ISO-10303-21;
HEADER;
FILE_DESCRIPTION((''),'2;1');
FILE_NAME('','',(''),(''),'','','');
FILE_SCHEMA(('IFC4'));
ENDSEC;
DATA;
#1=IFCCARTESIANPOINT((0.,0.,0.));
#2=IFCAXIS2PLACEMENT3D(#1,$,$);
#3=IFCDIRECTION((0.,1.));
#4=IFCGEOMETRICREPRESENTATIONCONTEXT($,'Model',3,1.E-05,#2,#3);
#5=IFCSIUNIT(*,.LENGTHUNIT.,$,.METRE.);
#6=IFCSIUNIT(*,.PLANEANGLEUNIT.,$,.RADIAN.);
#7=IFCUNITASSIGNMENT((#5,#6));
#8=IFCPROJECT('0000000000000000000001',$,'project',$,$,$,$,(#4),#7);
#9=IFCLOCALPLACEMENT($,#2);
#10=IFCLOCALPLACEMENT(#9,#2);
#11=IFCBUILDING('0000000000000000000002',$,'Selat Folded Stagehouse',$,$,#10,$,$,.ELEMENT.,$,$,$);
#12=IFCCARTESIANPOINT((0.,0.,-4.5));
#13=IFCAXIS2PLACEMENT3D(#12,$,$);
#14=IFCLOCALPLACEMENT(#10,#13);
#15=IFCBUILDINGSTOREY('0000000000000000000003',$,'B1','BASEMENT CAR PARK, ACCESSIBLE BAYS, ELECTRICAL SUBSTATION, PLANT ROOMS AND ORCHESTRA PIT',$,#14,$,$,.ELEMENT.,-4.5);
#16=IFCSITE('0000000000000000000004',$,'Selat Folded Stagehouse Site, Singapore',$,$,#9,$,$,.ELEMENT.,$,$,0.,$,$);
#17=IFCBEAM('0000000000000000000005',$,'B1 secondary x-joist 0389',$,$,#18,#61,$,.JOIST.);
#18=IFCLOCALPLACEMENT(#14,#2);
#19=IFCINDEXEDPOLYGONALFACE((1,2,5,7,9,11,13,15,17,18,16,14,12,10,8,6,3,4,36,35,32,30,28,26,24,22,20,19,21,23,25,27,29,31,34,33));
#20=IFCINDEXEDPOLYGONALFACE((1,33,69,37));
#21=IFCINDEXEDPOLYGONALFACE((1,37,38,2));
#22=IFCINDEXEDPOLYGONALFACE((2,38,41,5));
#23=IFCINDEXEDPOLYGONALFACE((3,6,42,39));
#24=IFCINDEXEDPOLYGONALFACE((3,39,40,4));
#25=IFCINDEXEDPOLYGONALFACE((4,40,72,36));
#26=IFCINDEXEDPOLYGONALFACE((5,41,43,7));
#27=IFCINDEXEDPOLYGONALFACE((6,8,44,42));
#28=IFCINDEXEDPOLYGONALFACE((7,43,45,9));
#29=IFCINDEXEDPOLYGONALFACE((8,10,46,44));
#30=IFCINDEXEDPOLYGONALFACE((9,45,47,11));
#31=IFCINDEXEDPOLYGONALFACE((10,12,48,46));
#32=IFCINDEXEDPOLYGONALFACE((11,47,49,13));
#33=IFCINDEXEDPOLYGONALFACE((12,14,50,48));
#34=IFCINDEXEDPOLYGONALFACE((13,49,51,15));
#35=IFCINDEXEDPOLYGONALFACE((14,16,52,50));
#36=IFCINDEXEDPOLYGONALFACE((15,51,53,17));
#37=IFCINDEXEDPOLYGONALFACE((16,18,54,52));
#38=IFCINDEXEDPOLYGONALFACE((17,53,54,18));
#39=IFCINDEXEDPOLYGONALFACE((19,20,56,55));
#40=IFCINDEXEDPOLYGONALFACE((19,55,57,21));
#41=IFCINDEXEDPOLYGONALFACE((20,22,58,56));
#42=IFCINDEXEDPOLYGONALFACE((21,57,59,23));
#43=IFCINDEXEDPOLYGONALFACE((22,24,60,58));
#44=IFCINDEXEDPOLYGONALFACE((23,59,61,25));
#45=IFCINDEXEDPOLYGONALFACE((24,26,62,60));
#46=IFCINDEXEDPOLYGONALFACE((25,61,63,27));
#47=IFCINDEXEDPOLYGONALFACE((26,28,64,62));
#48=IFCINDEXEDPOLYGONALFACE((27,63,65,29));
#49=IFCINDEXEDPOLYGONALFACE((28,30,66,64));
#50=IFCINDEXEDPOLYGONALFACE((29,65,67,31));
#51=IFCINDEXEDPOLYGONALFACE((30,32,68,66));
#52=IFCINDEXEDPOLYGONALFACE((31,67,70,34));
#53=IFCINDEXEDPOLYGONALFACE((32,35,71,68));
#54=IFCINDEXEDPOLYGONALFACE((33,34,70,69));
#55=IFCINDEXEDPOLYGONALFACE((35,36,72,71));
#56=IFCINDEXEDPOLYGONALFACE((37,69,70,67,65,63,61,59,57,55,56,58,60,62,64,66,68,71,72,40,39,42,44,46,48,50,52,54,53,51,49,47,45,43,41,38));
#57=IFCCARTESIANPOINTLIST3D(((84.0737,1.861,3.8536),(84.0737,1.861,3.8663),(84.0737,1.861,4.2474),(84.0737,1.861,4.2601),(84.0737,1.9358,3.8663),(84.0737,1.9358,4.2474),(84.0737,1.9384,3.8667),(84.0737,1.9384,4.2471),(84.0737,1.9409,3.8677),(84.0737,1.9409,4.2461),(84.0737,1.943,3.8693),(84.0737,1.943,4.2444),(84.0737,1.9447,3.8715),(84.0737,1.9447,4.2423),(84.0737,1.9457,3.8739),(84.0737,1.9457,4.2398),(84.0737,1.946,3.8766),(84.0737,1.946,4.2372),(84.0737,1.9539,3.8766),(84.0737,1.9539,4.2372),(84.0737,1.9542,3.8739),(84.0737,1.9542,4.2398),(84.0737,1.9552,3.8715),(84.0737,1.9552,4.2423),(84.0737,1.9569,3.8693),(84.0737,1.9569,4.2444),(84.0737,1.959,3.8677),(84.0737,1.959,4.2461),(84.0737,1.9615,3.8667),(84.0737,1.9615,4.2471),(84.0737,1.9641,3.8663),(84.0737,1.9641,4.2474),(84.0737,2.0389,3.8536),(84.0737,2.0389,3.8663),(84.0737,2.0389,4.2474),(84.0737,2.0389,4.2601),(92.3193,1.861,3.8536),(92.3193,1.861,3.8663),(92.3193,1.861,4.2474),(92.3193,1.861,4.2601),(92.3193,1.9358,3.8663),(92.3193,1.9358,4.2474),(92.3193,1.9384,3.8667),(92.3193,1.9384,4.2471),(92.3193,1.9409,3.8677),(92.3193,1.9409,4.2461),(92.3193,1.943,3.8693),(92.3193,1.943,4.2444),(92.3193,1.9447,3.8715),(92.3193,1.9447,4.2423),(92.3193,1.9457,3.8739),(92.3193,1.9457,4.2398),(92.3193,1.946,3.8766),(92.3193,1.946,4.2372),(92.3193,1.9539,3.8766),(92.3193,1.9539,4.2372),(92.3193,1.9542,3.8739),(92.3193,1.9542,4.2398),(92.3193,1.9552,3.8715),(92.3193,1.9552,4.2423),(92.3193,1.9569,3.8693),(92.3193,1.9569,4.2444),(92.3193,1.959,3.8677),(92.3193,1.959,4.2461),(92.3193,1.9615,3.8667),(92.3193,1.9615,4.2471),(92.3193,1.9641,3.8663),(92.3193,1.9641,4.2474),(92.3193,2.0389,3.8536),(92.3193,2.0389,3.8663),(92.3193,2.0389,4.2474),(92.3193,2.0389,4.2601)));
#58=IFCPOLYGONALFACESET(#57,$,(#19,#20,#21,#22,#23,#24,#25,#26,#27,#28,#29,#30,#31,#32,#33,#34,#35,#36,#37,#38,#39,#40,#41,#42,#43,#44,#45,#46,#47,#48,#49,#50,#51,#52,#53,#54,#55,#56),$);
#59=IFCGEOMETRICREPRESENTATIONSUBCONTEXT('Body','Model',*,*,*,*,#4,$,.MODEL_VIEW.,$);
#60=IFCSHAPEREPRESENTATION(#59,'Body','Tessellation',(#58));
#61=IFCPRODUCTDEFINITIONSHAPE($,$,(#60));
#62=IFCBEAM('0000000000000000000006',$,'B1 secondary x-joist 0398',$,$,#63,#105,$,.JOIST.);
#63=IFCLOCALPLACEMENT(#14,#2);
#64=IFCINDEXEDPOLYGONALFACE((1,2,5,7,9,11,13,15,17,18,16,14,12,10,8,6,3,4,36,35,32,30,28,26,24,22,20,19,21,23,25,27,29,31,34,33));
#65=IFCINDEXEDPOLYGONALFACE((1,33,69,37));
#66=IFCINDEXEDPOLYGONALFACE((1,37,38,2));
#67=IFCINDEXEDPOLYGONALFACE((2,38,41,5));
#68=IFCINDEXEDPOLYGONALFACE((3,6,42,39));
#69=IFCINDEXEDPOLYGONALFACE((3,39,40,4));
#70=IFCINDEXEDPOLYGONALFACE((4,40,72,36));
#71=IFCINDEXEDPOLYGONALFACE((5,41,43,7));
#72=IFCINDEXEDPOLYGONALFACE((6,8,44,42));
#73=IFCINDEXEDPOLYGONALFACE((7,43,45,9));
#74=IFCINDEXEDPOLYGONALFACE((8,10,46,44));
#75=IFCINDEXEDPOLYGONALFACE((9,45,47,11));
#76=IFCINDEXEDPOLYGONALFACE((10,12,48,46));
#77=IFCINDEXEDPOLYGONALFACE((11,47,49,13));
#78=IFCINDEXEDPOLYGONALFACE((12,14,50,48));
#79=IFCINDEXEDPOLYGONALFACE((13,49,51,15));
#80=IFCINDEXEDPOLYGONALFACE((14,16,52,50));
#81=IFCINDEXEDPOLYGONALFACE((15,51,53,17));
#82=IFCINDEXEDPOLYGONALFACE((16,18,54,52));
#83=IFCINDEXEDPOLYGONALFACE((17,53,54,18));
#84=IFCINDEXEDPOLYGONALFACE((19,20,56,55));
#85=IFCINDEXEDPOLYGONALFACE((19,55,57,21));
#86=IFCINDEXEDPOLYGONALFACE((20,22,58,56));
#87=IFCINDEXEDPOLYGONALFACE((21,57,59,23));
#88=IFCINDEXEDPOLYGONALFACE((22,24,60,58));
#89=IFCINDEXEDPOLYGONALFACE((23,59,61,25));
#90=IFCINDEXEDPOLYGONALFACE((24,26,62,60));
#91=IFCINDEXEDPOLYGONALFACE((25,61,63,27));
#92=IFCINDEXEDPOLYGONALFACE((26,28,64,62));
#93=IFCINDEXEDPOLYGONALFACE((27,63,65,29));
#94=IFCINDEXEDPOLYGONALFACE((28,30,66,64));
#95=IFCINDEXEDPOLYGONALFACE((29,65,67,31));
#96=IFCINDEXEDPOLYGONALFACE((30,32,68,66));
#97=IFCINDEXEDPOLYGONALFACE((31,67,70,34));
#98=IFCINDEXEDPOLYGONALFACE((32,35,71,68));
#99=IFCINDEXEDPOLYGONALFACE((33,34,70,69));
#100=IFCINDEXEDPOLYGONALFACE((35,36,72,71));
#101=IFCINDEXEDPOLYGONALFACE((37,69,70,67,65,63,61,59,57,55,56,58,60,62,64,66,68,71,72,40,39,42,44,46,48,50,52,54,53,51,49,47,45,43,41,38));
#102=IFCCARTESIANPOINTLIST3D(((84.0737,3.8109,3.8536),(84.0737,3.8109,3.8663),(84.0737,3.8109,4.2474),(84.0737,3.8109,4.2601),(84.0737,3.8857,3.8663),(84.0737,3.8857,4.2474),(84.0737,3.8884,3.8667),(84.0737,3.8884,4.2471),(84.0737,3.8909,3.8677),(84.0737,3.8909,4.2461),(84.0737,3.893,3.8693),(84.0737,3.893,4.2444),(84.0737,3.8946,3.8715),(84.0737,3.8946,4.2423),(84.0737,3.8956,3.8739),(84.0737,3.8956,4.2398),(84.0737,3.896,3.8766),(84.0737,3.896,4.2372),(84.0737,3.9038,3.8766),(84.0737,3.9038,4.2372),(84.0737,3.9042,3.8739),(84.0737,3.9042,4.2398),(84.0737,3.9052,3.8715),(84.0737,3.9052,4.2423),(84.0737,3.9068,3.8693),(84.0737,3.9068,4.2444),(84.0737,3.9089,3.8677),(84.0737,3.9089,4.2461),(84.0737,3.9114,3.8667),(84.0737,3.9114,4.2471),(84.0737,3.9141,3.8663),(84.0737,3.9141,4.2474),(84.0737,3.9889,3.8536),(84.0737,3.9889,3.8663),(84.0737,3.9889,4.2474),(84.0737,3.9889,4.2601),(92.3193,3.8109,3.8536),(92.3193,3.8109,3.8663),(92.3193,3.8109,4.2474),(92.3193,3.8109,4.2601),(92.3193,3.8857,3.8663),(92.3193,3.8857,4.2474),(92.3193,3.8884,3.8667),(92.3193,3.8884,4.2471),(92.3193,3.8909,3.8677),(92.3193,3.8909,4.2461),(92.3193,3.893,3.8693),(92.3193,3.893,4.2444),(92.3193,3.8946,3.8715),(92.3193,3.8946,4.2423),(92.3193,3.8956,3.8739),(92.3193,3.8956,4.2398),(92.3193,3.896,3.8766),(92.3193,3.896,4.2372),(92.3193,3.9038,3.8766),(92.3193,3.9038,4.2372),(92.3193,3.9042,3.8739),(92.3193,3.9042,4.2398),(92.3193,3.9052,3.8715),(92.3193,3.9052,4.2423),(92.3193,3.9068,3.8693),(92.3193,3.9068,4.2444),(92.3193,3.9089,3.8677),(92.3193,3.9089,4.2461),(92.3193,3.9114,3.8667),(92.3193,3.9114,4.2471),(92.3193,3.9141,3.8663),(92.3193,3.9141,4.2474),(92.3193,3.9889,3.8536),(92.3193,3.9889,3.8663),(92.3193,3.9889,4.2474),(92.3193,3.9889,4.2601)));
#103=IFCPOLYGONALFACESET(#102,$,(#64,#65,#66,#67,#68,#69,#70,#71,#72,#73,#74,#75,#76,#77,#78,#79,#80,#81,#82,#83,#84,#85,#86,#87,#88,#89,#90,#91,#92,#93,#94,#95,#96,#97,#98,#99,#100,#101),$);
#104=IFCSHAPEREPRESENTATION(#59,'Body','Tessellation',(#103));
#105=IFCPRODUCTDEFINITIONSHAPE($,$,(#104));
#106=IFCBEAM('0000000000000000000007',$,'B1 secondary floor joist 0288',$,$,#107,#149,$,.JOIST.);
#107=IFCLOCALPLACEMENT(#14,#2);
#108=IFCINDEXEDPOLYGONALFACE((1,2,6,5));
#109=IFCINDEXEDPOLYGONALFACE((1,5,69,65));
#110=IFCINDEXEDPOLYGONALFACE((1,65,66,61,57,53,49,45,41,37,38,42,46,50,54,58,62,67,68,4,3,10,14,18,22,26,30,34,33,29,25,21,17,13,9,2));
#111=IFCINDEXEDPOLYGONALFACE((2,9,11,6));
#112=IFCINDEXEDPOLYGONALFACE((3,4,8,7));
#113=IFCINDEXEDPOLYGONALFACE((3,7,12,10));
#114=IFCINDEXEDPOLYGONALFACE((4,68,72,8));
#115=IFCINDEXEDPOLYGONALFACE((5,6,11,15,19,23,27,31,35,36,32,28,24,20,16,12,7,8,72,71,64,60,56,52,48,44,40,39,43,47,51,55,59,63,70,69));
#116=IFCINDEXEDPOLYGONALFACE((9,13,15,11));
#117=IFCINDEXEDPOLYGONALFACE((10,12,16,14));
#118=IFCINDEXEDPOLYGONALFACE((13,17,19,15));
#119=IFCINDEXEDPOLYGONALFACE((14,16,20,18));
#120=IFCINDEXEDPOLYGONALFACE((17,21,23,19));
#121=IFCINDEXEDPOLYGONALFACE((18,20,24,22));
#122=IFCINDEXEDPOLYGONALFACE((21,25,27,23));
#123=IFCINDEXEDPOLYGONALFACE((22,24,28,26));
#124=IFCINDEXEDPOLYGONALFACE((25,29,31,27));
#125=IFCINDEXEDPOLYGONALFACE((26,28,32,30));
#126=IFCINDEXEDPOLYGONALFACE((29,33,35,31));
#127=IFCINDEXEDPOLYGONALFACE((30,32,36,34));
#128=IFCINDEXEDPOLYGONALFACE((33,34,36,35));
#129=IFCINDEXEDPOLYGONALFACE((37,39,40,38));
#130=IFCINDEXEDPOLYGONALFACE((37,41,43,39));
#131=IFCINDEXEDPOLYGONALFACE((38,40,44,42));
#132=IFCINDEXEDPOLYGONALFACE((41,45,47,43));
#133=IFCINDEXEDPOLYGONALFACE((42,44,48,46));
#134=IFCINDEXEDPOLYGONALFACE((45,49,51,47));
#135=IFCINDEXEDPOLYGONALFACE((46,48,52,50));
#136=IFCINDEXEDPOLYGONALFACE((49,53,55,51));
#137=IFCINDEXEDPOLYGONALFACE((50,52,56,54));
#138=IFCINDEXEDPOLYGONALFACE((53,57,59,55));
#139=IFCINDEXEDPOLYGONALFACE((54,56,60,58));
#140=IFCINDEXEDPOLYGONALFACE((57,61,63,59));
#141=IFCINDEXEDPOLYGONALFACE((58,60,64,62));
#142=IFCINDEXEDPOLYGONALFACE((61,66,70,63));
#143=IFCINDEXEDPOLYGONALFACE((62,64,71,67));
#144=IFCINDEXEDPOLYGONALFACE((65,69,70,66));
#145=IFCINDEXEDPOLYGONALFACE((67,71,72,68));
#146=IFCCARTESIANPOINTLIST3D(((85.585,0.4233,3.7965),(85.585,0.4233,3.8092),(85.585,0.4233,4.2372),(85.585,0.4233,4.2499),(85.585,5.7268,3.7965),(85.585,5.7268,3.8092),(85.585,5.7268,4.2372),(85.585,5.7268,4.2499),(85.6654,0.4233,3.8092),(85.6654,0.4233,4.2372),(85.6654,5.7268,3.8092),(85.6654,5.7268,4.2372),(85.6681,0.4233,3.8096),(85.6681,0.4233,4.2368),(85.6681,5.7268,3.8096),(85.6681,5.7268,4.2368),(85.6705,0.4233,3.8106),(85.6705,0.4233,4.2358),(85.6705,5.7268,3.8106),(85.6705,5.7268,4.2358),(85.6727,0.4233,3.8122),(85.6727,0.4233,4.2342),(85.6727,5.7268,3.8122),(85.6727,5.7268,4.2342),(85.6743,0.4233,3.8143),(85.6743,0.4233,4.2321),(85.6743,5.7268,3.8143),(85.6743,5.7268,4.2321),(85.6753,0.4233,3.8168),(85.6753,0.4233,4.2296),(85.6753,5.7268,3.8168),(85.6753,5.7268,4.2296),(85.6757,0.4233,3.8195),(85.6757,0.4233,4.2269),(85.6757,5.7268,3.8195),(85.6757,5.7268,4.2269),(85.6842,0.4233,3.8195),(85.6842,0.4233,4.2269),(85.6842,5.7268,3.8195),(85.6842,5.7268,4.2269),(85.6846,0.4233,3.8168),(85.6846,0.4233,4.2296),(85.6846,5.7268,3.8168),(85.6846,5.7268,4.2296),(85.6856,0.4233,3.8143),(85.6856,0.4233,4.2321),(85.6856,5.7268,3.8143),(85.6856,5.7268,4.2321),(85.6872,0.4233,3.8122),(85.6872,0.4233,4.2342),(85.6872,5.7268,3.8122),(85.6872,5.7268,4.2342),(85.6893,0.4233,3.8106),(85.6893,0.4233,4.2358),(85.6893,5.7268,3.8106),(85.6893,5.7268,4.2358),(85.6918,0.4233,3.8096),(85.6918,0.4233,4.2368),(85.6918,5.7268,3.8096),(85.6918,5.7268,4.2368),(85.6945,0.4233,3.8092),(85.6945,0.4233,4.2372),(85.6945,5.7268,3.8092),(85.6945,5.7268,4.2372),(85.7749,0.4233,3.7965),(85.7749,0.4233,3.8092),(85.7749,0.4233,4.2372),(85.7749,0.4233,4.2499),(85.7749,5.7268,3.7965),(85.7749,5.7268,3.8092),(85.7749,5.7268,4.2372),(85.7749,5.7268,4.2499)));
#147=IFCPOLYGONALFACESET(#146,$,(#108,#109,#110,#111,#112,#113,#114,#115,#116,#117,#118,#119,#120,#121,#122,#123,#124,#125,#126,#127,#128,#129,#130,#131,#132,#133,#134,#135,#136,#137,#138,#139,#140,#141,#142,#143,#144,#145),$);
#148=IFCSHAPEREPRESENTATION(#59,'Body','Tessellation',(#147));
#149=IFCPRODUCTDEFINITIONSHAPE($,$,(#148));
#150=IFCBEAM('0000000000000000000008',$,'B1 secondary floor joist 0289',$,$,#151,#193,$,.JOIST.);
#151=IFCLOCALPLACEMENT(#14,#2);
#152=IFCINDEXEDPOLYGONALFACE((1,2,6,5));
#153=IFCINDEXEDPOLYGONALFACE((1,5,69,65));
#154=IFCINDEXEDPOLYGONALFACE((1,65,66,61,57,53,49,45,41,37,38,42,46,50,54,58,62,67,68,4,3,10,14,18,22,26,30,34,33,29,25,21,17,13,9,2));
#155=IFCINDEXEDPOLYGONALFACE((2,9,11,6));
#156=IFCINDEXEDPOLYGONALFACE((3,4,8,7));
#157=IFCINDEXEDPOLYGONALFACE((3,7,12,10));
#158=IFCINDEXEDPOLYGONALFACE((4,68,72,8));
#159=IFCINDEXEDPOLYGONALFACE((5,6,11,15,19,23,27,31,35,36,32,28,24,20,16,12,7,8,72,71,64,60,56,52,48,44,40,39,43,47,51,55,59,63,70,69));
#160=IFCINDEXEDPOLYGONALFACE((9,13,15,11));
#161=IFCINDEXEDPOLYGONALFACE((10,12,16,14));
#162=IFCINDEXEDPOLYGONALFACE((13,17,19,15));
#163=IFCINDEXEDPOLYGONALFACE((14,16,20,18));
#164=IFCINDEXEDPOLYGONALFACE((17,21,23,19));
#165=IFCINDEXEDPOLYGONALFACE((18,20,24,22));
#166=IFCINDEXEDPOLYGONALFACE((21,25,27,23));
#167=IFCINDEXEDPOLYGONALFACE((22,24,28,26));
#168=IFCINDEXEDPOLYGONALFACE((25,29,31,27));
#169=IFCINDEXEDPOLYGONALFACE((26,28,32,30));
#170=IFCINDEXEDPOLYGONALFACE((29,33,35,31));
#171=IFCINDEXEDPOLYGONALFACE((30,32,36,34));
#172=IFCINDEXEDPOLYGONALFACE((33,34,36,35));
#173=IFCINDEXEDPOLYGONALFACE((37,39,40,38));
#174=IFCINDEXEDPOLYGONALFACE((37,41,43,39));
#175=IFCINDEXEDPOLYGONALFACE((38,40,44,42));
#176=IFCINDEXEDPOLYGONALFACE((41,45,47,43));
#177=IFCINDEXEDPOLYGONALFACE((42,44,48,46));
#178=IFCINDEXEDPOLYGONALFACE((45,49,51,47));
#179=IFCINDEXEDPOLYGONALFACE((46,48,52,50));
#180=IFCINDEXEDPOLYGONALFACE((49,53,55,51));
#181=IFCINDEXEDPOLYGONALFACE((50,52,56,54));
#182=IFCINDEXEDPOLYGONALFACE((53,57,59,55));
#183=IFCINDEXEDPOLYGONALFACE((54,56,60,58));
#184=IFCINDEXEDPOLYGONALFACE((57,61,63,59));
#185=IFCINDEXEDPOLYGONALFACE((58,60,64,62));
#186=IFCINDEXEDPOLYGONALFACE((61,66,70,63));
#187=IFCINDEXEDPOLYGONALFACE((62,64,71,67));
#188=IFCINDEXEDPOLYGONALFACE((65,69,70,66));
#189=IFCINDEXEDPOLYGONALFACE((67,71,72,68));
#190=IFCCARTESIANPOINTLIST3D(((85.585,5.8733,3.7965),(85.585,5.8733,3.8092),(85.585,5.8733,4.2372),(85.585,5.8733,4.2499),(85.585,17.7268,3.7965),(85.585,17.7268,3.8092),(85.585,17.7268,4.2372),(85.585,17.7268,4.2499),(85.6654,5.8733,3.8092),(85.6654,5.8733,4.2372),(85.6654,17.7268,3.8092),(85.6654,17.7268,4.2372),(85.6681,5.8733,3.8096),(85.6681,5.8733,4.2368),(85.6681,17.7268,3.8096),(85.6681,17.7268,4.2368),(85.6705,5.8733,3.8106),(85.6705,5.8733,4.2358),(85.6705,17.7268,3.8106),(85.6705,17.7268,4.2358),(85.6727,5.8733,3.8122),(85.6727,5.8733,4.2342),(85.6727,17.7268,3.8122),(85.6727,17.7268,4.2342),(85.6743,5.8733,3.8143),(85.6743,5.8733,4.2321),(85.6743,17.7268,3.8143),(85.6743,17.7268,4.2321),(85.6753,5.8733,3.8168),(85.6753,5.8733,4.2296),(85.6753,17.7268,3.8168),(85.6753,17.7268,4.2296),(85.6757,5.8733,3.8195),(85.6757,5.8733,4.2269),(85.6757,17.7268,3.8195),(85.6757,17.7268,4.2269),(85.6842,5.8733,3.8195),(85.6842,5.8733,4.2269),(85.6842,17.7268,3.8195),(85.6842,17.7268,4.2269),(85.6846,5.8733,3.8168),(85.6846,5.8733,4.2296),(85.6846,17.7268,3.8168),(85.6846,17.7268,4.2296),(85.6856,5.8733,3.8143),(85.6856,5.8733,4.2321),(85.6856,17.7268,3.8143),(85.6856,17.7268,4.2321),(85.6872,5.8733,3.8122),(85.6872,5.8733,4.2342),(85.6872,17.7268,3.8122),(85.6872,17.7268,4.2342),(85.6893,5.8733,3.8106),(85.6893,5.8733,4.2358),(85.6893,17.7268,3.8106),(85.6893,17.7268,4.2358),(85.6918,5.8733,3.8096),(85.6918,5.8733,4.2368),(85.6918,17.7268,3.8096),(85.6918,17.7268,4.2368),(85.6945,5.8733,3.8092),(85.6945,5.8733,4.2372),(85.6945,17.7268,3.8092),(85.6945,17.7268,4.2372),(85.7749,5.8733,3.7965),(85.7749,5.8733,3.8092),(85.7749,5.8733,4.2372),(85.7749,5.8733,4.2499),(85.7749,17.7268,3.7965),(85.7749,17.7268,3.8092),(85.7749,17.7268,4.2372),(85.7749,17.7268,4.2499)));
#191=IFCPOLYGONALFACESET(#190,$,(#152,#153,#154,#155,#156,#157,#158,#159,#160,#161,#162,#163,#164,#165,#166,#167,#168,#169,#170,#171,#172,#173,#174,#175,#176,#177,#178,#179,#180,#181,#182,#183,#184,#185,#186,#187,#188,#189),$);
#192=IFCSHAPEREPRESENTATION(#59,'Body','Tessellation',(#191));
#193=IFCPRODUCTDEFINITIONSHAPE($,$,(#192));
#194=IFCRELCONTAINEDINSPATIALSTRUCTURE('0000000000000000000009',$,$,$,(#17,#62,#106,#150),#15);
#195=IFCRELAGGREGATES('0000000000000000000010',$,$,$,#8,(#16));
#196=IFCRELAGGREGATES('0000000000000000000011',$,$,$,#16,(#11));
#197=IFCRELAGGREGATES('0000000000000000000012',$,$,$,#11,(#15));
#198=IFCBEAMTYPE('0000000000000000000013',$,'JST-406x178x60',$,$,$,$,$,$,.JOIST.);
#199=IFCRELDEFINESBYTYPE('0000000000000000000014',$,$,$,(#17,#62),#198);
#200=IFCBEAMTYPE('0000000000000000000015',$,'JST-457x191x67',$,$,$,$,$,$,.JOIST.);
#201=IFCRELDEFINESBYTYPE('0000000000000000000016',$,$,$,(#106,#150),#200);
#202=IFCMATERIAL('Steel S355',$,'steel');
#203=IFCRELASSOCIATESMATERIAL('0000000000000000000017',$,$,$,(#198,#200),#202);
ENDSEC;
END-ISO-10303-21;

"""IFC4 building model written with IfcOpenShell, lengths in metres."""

from ifc_helpers import new_model, si_unit, direction, frame, origin, origin_2d, place, context, subcontext, project, spatial, i_section, extrude, material, material_profile, profile_set, type_object, element, save


model = new_model("IFC4")

# Units and contexts
model_context = context("Model", 3, precision=1e-05, world=origin(), true_north=direction((0.0, 1.0)))
body_context = subcontext(model_context, "Body", "Model", "MODEL_VIEW")
ifc_project = project(units=[si_unit("LENGTHUNIT", "METRE"), si_unit("PLANEANGLEUNIT", "RADIAN")], contexts=[model_context])

# Site, building, storey
site_placement = place(None, origin())
site = spatial("IfcSite", under=ifc_project, at=site_placement, Name="Selat Folded Stagehouse Site, Singapore", CompositionType="ELEMENT", RefElevation=0.0)
building_placement = place(site_placement, origin())
building = spatial("IfcBuilding", under=site, at=building_placement, Name="Selat Folded Stagehouse", CompositionType="ELEMENT")
storey_placement = place(building_placement, frame((0.0, 0.0, -4.5)))
storey = spatial("IfcBuildingStorey", under=building, at=storey_placement, Name="B1", Description="BASEMENT CAR PARK, ACCESSIBLE BAYS, ELECTRICAL SUBSTATION, PLANT ROOMS AND ORCHESTRA PIT", CompositionType="ELEMENT", Elevation=-4.5)

# Shared definitions
ifc_material_1 = material(Name="Steel S355", Category="steel")

# Beams
ifc_material_profile_1 = material_profile(ifc_material_1, i_section(OverallWidth=0.178, OverallDepth=0.4065, WebThickness=0.0078, FlangeThickness=0.0127, FilletRadius=0.0103, at=origin_2d()), Name="UKB 406x178x60")
ifc_profile_set_1 = profile_set([ifc_material_profile_1], Name="Steel S355")
beam_type_1 = type_object("IfcBeamType", Name="JST-406x178x60", PredefinedType="JOIST", material=ifc_profile_set_1)
for number, where, z_axis, x_axis, name in (
    (1, (84.0737, 1.95, 4.0569), (1.0, 0.0, 0.0), (0.0, 1.0, 0.0), "B1 secondary x-joist 0389"),
    (2, (84.0737, 3.8999, 4.0569), (1.0, 0.0, 0.0), (0.0, 1.0, 0.0), "B1 secondary x-joist 0398"),
):
    element("IfcBeam", number, at=place(storey_placement, frame(where, z_axis=z_axis, x_axis=x_axis)), inside=storey, type_object=beam_type_1, Name=name, PredefinedType="JOIST", context=body_context, shape_type="SweptSolid", body=[
        extrude(i_section(OverallWidth=0.178, OverallDepth=0.4065, WebThickness=0.0078, FlangeThickness=0.0127, FilletRadius=0.0103, at=origin_2d()), origin(), (0.0, 0.0, 1.0), 8.2456),
    ])
ifc_material_profile_2 = material_profile(ifc_material_1, i_section(OverallWidth=0.1899, OverallDepth=0.4534, WebThickness=0.0085, FlangeThickness=0.0127, FilletRadius=0.0103, at=origin_2d()), Name="UKB 457x191x67")
ifc_profile_set_2 = profile_set([ifc_material_profile_2], Name="Steel S355")
beam_type_2 = type_object("IfcBeamType", Name="JST-457x191x67", PredefinedType="JOIST", material=ifc_profile_set_2)
beam_1_placement = place(storey_placement, frame((85.6799, 0.4233, 4.0232), z_axis=(0.0, 1.0, 0.0), x_axis=(-1.0, 0.0, 0.0)))
element("IfcBeam", 3, at=beam_1_placement, inside=storey, type_object=beam_type_2, Name="B1 secondary floor joist 0288", PredefinedType="JOIST", context=body_context, shape_type="SweptSolid", body=[
    extrude(i_section(OverallWidth=0.1899, OverallDepth=0.4534, WebThickness=0.0085, FlangeThickness=0.0127, FilletRadius=0.0103, at=origin_2d()), origin(), (0.0, 0.0, 1.0), 5.3035),
])
beam_2_placement = place(storey_placement, frame((85.6799, 5.8733, 4.0232), z_axis=(0.0, 1.0, 0.0), x_axis=(-1.0, 0.0, 0.0)))
element("IfcBeam", 4, at=beam_2_placement, inside=storey, type_object=beam_type_2, Name="B1 secondary floor joist 0289", PredefinedType="JOIST", context=body_context, shape_type="SweptSolid", body=[
    extrude(i_section(OverallWidth=0.1899, OverallDepth=0.4534, WebThickness=0.0085, FlangeThickness=0.0127, FilletRadius=0.0103, at=origin_2d()), origin(), (0.0, 0.0, 1.0), 11.8535),
])

save(model, "model.ifc")
